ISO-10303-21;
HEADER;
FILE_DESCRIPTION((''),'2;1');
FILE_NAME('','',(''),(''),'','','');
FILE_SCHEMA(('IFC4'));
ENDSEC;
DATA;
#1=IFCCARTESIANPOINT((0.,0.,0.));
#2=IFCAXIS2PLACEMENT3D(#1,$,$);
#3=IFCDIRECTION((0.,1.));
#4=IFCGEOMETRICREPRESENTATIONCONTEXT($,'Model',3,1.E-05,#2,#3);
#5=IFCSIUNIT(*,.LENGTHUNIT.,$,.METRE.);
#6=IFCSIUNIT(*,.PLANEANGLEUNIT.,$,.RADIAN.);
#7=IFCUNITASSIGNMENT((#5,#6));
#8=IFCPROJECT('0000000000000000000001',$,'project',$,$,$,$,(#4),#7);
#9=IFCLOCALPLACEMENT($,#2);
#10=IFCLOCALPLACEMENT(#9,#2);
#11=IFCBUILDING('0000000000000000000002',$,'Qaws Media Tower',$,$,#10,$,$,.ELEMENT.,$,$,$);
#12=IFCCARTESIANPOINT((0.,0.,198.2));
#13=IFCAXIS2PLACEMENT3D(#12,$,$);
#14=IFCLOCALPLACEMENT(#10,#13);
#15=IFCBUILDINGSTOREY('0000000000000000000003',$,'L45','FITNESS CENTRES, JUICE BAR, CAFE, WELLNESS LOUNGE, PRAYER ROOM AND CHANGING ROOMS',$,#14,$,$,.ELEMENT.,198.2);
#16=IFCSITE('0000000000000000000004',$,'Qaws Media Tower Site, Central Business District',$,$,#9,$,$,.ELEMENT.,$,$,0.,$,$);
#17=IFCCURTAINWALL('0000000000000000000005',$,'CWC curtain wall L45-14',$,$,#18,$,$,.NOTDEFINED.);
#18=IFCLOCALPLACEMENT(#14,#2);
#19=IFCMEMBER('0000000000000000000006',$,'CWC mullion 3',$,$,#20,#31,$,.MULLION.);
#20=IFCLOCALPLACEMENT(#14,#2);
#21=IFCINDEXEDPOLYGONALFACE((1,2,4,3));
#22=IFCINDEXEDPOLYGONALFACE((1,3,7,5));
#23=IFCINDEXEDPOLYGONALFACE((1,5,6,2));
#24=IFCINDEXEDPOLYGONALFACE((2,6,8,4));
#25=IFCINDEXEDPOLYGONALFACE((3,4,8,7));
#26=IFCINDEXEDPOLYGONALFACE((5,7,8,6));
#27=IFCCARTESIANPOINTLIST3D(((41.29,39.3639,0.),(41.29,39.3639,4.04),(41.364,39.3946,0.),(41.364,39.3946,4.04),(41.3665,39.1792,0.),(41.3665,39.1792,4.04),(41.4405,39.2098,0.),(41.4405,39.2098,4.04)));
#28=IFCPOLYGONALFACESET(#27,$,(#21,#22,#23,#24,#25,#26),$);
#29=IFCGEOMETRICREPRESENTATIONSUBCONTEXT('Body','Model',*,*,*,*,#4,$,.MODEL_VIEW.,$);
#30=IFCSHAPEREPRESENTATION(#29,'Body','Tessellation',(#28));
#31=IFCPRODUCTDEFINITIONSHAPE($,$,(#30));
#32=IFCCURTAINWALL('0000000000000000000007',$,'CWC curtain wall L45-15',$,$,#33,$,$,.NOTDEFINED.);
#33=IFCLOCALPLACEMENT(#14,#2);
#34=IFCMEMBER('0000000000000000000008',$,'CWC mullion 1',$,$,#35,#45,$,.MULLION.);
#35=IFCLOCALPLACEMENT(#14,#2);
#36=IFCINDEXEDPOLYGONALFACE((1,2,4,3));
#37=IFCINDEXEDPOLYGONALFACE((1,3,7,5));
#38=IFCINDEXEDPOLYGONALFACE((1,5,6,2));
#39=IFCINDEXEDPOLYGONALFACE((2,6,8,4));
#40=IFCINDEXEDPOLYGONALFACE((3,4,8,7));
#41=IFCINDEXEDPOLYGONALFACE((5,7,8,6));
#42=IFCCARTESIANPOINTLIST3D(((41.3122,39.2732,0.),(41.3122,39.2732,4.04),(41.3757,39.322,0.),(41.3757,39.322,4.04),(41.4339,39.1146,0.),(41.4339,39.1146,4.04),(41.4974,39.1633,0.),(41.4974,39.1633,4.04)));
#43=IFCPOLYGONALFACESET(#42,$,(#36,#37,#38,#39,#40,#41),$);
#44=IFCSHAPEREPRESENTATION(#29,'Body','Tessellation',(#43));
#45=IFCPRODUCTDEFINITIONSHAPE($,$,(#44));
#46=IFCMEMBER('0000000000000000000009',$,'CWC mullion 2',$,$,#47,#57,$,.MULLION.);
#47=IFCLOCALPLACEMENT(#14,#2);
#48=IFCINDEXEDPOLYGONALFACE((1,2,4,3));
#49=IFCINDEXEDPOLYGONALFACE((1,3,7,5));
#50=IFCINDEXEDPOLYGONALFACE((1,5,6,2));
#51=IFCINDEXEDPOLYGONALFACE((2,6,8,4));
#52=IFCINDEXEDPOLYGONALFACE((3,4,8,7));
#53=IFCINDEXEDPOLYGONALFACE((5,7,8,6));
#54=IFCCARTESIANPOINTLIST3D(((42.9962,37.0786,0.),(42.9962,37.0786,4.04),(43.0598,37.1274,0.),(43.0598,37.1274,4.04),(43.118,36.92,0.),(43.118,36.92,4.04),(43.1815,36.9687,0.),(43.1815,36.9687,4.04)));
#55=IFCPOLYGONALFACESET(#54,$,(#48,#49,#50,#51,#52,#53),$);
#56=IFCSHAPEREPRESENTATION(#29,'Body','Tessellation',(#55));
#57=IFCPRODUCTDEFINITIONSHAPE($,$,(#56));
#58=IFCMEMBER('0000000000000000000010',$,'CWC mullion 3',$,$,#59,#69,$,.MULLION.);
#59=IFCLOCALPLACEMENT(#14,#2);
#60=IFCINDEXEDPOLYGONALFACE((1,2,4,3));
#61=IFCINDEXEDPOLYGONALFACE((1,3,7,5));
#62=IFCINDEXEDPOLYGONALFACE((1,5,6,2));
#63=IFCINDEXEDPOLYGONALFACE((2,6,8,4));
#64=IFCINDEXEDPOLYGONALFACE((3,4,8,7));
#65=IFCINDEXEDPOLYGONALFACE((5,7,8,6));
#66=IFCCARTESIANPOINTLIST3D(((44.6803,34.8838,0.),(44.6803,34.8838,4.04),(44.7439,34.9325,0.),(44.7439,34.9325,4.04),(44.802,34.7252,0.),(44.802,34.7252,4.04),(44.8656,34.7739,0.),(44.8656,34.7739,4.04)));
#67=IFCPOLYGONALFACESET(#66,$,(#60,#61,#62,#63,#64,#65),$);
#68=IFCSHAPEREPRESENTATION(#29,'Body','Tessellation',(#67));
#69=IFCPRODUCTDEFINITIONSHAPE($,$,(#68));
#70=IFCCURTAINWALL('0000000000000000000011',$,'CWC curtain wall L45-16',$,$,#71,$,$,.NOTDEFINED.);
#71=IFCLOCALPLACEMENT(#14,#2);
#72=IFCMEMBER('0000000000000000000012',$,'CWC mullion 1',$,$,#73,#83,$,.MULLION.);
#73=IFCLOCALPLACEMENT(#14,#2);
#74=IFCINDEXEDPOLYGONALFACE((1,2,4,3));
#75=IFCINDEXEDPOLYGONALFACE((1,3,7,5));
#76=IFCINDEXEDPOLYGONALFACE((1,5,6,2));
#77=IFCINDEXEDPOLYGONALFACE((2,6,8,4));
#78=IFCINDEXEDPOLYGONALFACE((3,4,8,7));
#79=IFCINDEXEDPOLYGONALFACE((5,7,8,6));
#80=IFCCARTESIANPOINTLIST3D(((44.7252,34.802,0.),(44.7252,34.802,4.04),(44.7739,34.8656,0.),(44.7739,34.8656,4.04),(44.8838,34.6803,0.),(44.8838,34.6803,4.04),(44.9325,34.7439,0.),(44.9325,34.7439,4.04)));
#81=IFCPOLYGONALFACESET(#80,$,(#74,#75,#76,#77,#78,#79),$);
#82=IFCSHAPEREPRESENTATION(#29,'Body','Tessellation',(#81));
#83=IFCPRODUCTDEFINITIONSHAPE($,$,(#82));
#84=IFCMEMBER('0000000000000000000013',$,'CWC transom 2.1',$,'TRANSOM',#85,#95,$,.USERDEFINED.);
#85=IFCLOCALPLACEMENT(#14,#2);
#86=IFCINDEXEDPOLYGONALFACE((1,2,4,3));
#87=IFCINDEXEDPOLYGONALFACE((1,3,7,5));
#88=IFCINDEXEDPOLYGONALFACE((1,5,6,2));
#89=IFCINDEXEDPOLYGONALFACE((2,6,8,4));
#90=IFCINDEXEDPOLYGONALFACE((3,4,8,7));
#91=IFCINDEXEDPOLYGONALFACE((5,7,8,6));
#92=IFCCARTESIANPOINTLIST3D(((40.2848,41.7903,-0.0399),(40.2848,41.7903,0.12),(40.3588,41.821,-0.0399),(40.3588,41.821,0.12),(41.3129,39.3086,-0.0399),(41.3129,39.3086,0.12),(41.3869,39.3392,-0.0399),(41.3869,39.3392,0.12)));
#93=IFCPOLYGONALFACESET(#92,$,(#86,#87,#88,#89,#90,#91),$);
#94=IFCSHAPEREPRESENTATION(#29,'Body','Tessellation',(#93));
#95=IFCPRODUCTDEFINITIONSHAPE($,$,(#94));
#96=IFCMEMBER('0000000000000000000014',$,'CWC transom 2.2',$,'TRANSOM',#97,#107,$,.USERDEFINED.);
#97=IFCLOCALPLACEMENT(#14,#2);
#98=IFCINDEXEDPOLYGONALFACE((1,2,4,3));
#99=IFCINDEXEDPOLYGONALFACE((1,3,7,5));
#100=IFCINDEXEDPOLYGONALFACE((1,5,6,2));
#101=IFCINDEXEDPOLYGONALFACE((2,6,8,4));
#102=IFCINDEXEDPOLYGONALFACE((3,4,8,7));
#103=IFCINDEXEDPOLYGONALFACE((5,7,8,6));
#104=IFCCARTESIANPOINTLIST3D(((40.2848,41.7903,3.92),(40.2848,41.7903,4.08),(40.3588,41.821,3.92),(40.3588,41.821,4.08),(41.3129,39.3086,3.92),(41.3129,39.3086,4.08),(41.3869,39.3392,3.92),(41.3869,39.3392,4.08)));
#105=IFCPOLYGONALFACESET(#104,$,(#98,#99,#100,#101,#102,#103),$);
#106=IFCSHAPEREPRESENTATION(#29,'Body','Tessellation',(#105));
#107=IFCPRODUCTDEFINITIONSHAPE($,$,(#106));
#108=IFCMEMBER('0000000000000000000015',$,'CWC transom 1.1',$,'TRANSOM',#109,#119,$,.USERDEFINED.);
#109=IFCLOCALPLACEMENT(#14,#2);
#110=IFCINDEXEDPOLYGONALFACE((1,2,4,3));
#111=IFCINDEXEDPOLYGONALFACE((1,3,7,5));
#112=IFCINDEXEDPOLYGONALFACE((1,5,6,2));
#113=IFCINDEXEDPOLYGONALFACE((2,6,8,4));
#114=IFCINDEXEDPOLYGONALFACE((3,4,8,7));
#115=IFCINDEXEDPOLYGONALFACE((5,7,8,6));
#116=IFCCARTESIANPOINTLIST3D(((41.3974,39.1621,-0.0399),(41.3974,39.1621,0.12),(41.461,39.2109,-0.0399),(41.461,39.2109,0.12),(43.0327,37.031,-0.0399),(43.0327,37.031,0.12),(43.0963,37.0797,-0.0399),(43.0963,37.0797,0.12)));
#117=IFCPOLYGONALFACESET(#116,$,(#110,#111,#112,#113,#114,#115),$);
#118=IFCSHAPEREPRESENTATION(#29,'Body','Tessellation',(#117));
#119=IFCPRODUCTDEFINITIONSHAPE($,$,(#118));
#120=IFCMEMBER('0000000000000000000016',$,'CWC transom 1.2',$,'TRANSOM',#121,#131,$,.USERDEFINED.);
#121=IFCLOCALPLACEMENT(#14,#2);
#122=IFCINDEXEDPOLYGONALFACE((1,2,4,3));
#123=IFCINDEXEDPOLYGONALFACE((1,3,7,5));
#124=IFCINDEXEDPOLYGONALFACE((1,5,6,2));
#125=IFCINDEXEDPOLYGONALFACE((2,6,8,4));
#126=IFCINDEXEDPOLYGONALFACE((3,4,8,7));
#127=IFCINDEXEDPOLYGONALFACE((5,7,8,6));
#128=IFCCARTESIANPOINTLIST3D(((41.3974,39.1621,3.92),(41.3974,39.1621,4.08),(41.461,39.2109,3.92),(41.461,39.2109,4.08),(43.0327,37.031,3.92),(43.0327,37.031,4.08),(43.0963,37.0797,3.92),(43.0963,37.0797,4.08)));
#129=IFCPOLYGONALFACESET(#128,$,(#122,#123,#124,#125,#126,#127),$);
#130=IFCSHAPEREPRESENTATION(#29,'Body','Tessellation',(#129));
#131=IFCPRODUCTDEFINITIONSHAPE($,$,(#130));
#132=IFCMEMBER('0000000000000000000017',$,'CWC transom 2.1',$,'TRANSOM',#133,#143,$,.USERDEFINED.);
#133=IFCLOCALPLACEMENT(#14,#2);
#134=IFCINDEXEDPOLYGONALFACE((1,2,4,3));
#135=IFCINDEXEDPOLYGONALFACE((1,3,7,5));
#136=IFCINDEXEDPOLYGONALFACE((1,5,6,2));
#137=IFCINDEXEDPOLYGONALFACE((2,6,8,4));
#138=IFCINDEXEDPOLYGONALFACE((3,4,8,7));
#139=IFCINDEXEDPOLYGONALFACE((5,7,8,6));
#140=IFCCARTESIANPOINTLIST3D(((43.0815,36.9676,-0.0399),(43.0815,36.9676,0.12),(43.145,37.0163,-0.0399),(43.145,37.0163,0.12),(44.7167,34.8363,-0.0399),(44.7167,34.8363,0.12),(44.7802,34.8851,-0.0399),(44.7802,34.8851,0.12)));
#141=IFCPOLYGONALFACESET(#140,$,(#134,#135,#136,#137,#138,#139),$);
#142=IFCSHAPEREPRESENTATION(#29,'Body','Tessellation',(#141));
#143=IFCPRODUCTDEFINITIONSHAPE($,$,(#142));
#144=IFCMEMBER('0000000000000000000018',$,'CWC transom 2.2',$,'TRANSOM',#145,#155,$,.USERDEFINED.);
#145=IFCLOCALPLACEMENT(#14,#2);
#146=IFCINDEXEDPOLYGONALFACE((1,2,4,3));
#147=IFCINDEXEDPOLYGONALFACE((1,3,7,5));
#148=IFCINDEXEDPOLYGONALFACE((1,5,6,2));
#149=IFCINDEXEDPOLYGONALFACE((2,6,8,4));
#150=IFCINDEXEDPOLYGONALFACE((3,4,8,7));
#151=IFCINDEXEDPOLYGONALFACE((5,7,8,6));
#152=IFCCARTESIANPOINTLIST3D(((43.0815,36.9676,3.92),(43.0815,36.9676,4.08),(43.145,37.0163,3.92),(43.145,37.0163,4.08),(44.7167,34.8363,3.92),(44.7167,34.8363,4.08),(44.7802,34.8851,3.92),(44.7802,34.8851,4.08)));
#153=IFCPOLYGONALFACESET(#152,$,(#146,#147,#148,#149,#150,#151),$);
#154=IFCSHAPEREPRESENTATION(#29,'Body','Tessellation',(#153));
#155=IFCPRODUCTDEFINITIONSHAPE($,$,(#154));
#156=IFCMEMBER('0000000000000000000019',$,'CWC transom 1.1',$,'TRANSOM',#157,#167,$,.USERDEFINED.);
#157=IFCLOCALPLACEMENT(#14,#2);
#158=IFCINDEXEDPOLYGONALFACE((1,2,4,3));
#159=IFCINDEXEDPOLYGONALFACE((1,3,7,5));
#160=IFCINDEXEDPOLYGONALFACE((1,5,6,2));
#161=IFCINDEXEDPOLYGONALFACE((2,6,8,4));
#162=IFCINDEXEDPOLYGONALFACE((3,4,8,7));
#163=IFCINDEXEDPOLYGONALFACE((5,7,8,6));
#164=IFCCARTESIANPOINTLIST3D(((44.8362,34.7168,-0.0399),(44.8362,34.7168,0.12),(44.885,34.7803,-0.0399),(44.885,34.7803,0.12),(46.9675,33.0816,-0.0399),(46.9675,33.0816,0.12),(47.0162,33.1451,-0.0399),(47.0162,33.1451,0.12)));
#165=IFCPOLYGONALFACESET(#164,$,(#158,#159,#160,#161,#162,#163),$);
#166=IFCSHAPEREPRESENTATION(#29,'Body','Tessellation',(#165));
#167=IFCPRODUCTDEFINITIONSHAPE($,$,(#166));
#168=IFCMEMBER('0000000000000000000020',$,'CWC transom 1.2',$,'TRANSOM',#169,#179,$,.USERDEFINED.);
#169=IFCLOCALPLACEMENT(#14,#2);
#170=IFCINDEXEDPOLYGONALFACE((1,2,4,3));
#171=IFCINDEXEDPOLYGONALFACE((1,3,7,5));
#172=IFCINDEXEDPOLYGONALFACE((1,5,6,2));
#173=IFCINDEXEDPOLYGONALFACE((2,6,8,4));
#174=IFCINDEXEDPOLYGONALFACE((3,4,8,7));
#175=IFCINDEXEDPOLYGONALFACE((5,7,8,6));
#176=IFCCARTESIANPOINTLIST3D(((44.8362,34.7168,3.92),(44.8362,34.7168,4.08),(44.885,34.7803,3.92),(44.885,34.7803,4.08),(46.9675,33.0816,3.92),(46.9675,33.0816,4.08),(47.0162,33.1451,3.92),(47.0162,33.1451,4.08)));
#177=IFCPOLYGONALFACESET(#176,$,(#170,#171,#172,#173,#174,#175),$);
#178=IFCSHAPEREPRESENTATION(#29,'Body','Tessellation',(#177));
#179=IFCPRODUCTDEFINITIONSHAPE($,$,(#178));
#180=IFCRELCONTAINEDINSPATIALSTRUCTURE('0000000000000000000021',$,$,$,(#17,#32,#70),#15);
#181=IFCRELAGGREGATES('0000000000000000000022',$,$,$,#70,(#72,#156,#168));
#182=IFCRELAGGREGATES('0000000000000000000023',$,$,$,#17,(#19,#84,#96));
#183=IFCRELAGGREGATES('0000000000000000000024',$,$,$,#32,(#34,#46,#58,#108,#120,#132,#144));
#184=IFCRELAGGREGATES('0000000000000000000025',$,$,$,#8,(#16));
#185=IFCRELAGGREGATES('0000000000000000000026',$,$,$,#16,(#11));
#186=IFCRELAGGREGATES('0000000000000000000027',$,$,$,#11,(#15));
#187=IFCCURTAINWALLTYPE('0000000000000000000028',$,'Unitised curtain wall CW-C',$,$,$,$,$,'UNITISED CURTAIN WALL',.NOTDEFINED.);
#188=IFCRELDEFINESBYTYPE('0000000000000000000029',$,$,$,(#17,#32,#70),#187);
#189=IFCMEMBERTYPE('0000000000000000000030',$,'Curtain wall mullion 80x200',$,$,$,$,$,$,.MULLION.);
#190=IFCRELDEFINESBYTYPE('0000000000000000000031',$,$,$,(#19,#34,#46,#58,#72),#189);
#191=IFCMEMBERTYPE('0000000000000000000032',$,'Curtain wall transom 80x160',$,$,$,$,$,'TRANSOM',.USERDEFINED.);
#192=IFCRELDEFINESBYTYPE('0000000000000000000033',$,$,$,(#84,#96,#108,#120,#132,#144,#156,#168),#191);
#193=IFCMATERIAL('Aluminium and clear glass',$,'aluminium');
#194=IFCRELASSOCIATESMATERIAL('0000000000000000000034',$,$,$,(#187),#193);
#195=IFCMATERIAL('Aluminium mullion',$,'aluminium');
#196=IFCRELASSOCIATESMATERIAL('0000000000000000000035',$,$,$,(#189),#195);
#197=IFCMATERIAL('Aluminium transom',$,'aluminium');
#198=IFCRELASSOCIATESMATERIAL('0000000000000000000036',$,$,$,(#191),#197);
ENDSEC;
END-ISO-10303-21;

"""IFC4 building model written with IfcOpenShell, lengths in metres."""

from ifc_helpers import new_model, si_unit, direction, frame, origin, origin_2d, place, context, subcontext, project, spatial, rectangle, extrude, material, material_profile, profile_set, type_object, element, aggregate, save


model = new_model("IFC4")

# Units and contexts
model_context = context("Model", 3, precision=1e-05, world=origin(), true_north=direction((0.0, 1.0)))
body_context = subcontext(model_context, "Body", "Model", "MODEL_VIEW")
ifc_project = project(units=[si_unit("LENGTHUNIT", "METRE"), si_unit("PLANEANGLEUNIT", "RADIAN")], contexts=[model_context])

# Site, building, storey
site_placement = place(None, origin())
site = spatial("IfcSite", under=ifc_project, at=site_placement, Name="Qaws Media Tower Site, Central Business District", CompositionType="ELEMENT", RefElevation=0.0)
building_placement = place(site_placement, origin())
building = spatial("IfcBuilding", under=site, at=building_placement, Name="Qaws Media Tower", CompositionType="ELEMENT")
storey_placement = place(building_placement, frame((0.0, 0.0, 198.2)))
storey = spatial("IfcBuildingStorey", under=building, at=storey_placement, Name="L45", Description="FITNESS CENTRES, JUICE BAR, CAFE, WELLNESS LOUNGE, PRAYER ROOM AND CHANGING ROOMS", CompositionType="ELEMENT", Elevation=198.2)

# Curtain wall, member
ifc_material_1 = material(Name="Aluminium and clear glass", Category="aluminium")
curtain_wall_type = type_object("IfcCurtainWallType", Name="Unitised curtain wall CW-C", ElementType="UNITISED CURTAIN WALL", PredefinedType="NOTDEFINED", material=ifc_material_1)
curtain_wall_1_placement = place(storey_placement, origin())
curtain_wall_1 = element("IfcCurtainWall", 1, at=curtain_wall_1_placement, inside=storey, type_object=curtain_wall_type, Name="CWC curtain wall L45-14", PredefinedType="NOTDEFINED")
ifc_material_2 = material(Name="Aluminium mullion", Category="aluminium")
ifc_material_profile_1 = material_profile(ifc_material_2, rectangle(XDim=0.0801, YDim=0.2, at=origin_2d()), Name="80x200")
ifc_profile_set_1 = profile_set([ifc_material_profile_1], Name="Aluminium mullion")
member_type_1 = type_object("IfcMemberType", Name="Curtain wall mullion 80x200", PredefinedType="MULLION", material=ifc_profile_set_1)
member_1_placement = place(storey_placement, frame((41.3652, 39.2869, 0.0), z_axis=(0.0, 0.0, 1.0), x_axis=(0.92388, 0.382683, 0.0)))
member_1 = element("IfcMember", 2, at=member_1_placement, type_object=member_type_1, Name="CWC mullion 3", PredefinedType="MULLION", context=body_context, shape_type="SweptSolid", body=[
    extrude(rectangle(XDim=0.0801, YDim=0.2, at=origin_2d()), origin(), (0.0, 0.0, 1.0), 4.04),
])

# Curtain wall, members
curtain_wall_2_placement = place(storey_placement, origin())
curtain_wall_2 = element("IfcCurtainWall", 3, at=curtain_wall_2_placement, inside=storey, type_object=curtain_wall_type, Name="CWC curtain wall L45-15", PredefinedType="NOTDEFINED")
member_2_placement = place(storey_placement, frame((41.4048, 39.2183, 0.0), z_axis=(0.0, 0.0, 1.0), x_axis=(0.793353, 0.608761, 0.0)))
member_2 = element("IfcMember", 4, at=member_2_placement, type_object=member_type_1, Name="CWC mullion 1", PredefinedType="MULLION", context=body_context, shape_type="SweptSolid", body=[
    extrude(rectangle(XDim=0.0801, YDim=0.2, at=origin_2d()), origin(), (0.0, 0.0, 1.0), 4.04),
])
member_3_placement = place(storey_placement, frame((43.0889, 37.0237, 0.0), z_axis=(0.0, 0.0, 1.0), x_axis=(0.793353, 0.608761, 0.0)))
member_3 = element("IfcMember", 5, at=member_3_placement, type_object=member_type_1, Name="CWC mullion 2", PredefinedType="MULLION", context=body_context, shape_type="SweptSolid", body=[
    extrude(rectangle(XDim=0.0801, YDim=0.2, at=origin_2d()), origin(), (0.0, 0.0, 1.0), 4.04),
])
member_4_placement = place(storey_placement, frame((44.7729, 34.8289, 0.0), z_axis=(0.0, 0.0, 1.0), x_axis=(0.793353, 0.608761, 0.0)))
member_4 = element("IfcMember", 6, at=member_4_placement, type_object=member_type_1, Name="CWC mullion 3", PredefinedType="MULLION", context=body_context, shape_type="SweptSolid", body=[
    extrude(rectangle(XDim=0.0801, YDim=0.2, at=origin_2d()), origin(), (0.0, 0.0, 1.0), 4.04),
])

# Curtain wall, member
curtain_wall_3_placement = place(storey_placement, origin())
curtain_wall_3 = element("IfcCurtainWall", 7, at=curtain_wall_3_placement, inside=storey, type_object=curtain_wall_type, Name="CWC curtain wall L45-16", PredefinedType="NOTDEFINED")
member_5_placement = place(storey_placement, frame((44.8289, 34.7729, 0.0), z_axis=(0.0, 0.0, 1.0), x_axis=(0.608761, 0.793353, 0.0)))
member_5 = element("IfcMember", 8, at=member_5_placement, type_object=member_type_1, Name="CWC mullion 1", PredefinedType="MULLION", context=body_context, shape_type="SweptSolid", body=[
    extrude(rectangle(XDim=0.0801, YDim=0.2, at=origin_2d()), origin(), (0.0, 0.0, 1.0), 4.04),
])

# Members
ifc_material_3 = material(Name="Aluminium transom", Category="aluminium")
ifc_material_profile_2 = material_profile(ifc_material_3, rectangle(XDim=0.0801, YDim=0.1599, at=origin_2d()), Name="80x160")
ifc_profile_set_2 = profile_set([ifc_material_profile_2], Name="Aluminium transom")
member_type_2 = type_object("IfcMemberType", Name="Curtain wall transom 80x160", ElementType="TRANSOM", PredefinedType="USERDEFINED", material=ifc_profile_set_2)
member_6_placement = place(storey_placement, frame((40.3218, 41.8057, 0.04), z_axis=(0.382724, -0.923863, 0.0), x_axis=(0.923863, 0.382724, 0.0)))
member_6 = element("IfcMember", 9, at=member_6_placement, type_object=member_type_2, Name="CWC transom 2.1", ObjectType="TRANSOM", PredefinedType="USERDEFINED", context=body_context, shape_type="SweptSolid", body=[
    extrude(rectangle(XDim=0.0801, YDim=0.1599, at=origin_2d()), origin(), (0.0, 0.0, 1.0), 2.6863),
])
member_7_placement = place(storey_placement, frame((40.3218, 41.8057, 4.0), z_axis=(0.382724, -0.923863, 0.0), x_axis=(0.923863, 0.382724, 0.0)))
member_7 = element("IfcMember", 10, at=member_7_placement, type_object=member_type_2, Name="CWC transom 2.2", ObjectType="TRANSOM", PredefinedType="USERDEFINED", context=body_context, shape_type="SweptSolid", body=[
    extrude(rectangle(XDim=0.0801, YDim=0.1599, at=origin_2d()), origin(), (0.0, 0.0, 1.0), 2.6863),
])
member_8_placement = place(storey_placement, frame((41.4292, 39.1865, 0.04), z_axis=(0.608762, -0.793353, 0.0), x_axis=(0.793353, 0.608762, 0.0)))
member_8 = element("IfcMember", 11, at=member_8_placement, type_object=member_type_2, Name="CWC transom 1.1", ObjectType="TRANSOM", PredefinedType="USERDEFINED", context=body_context, shape_type="SweptSolid", body=[
    extrude(rectangle(XDim=0.0801, YDim=0.1599, at=origin_2d()), origin(), (0.0, 0.0, 1.0), 2.6863),
])
member_9_placement = place(storey_placement, frame((41.4292, 39.1865, 4.0), z_axis=(0.608762, -0.793353, 0.0), x_axis=(0.793353, 0.608762, 0.0)))
member_9 = element("IfcMember", 12, at=member_9_placement, type_object=member_type_2, Name="CWC transom 1.2", ObjectType="TRANSOM", PredefinedType="USERDEFINED", context=body_context, shape_type="SweptSolid", body=[
    extrude(rectangle(XDim=0.0801, YDim=0.1599, at=origin_2d()), origin(), (0.0, 0.0, 1.0), 2.6863),
])
member_10_placement = place(storey_placement, frame((43.1133, 36.9919, 0.04), z_axis=(0.608718, -0.793387, 0.0), x_axis=(0.793387, 0.608718, 0.0)))
member_10 = element("IfcMember", 13, at=member_10_placement, type_object=member_type_2, Name="CWC transom 2.1", ObjectType="TRANSOM", PredefinedType="USERDEFINED", context=body_context, shape_type="SweptSolid", body=[
    extrude(rectangle(XDim=0.0801, YDim=0.1599, at=origin_2d()), origin(), (0.0, 0.0, 1.0), 2.6863),
])
member_11_placement = place(storey_placement, frame((43.1133, 36.9919, 4.0), z_axis=(0.608718, -0.793387, 0.0), x_axis=(0.793387, 0.608718, 0.0)))
member_11 = element("IfcMember", 14, at=member_11_placement, type_object=member_type_2, Name="CWC transom 2.2", ObjectType="TRANSOM", PredefinedType="USERDEFINED", context=body_context, shape_type="SweptSolid", body=[
    extrude(rectangle(XDim=0.0801, YDim=0.1599, at=origin_2d()), origin(), (0.0, 0.0, 1.0), 2.6863),
])
member_12_placement = place(storey_placement, frame((44.8606, 34.7485, 0.04), z_axis=(0.793387, -0.608718, 0.0), x_axis=(0.608718, 0.793387, 0.0)))
member_12 = element("IfcMember", 15, at=member_12_placement, type_object=member_type_2, Name="CWC transom 1.1", ObjectType="TRANSOM", PredefinedType="USERDEFINED", context=body_context, shape_type="SweptSolid", body=[
    extrude(rectangle(XDim=0.0801, YDim=0.1599, at=origin_2d()), origin(), (0.0, 0.0, 1.0), 2.6863),
])
member_13_placement = place(storey_placement, frame((44.8606, 34.7485, 4.0), z_axis=(0.793387, -0.608718, 0.0), x_axis=(0.608718, 0.793387, 0.0)))
member_13 = element("IfcMember", 16, at=member_13_placement, type_object=member_type_2, Name="CWC transom 1.2", ObjectType="TRANSOM", PredefinedType="USERDEFINED", context=body_context, shape_type="SweptSolid", body=[
    extrude(rectangle(XDim=0.0801, YDim=0.1599, at=origin_2d()), origin(), (0.0, 0.0, 1.0), 2.6863),
])
aggregate(curtain_wall_3, [member_5, member_12, member_13])

aggregate(curtain_wall_1, [member_1, member_6, member_7])
aggregate(curtain_wall_2, [member_2, member_3, member_4, member_8, member_9, member_10, member_11])

save(model, "model.ifc")
